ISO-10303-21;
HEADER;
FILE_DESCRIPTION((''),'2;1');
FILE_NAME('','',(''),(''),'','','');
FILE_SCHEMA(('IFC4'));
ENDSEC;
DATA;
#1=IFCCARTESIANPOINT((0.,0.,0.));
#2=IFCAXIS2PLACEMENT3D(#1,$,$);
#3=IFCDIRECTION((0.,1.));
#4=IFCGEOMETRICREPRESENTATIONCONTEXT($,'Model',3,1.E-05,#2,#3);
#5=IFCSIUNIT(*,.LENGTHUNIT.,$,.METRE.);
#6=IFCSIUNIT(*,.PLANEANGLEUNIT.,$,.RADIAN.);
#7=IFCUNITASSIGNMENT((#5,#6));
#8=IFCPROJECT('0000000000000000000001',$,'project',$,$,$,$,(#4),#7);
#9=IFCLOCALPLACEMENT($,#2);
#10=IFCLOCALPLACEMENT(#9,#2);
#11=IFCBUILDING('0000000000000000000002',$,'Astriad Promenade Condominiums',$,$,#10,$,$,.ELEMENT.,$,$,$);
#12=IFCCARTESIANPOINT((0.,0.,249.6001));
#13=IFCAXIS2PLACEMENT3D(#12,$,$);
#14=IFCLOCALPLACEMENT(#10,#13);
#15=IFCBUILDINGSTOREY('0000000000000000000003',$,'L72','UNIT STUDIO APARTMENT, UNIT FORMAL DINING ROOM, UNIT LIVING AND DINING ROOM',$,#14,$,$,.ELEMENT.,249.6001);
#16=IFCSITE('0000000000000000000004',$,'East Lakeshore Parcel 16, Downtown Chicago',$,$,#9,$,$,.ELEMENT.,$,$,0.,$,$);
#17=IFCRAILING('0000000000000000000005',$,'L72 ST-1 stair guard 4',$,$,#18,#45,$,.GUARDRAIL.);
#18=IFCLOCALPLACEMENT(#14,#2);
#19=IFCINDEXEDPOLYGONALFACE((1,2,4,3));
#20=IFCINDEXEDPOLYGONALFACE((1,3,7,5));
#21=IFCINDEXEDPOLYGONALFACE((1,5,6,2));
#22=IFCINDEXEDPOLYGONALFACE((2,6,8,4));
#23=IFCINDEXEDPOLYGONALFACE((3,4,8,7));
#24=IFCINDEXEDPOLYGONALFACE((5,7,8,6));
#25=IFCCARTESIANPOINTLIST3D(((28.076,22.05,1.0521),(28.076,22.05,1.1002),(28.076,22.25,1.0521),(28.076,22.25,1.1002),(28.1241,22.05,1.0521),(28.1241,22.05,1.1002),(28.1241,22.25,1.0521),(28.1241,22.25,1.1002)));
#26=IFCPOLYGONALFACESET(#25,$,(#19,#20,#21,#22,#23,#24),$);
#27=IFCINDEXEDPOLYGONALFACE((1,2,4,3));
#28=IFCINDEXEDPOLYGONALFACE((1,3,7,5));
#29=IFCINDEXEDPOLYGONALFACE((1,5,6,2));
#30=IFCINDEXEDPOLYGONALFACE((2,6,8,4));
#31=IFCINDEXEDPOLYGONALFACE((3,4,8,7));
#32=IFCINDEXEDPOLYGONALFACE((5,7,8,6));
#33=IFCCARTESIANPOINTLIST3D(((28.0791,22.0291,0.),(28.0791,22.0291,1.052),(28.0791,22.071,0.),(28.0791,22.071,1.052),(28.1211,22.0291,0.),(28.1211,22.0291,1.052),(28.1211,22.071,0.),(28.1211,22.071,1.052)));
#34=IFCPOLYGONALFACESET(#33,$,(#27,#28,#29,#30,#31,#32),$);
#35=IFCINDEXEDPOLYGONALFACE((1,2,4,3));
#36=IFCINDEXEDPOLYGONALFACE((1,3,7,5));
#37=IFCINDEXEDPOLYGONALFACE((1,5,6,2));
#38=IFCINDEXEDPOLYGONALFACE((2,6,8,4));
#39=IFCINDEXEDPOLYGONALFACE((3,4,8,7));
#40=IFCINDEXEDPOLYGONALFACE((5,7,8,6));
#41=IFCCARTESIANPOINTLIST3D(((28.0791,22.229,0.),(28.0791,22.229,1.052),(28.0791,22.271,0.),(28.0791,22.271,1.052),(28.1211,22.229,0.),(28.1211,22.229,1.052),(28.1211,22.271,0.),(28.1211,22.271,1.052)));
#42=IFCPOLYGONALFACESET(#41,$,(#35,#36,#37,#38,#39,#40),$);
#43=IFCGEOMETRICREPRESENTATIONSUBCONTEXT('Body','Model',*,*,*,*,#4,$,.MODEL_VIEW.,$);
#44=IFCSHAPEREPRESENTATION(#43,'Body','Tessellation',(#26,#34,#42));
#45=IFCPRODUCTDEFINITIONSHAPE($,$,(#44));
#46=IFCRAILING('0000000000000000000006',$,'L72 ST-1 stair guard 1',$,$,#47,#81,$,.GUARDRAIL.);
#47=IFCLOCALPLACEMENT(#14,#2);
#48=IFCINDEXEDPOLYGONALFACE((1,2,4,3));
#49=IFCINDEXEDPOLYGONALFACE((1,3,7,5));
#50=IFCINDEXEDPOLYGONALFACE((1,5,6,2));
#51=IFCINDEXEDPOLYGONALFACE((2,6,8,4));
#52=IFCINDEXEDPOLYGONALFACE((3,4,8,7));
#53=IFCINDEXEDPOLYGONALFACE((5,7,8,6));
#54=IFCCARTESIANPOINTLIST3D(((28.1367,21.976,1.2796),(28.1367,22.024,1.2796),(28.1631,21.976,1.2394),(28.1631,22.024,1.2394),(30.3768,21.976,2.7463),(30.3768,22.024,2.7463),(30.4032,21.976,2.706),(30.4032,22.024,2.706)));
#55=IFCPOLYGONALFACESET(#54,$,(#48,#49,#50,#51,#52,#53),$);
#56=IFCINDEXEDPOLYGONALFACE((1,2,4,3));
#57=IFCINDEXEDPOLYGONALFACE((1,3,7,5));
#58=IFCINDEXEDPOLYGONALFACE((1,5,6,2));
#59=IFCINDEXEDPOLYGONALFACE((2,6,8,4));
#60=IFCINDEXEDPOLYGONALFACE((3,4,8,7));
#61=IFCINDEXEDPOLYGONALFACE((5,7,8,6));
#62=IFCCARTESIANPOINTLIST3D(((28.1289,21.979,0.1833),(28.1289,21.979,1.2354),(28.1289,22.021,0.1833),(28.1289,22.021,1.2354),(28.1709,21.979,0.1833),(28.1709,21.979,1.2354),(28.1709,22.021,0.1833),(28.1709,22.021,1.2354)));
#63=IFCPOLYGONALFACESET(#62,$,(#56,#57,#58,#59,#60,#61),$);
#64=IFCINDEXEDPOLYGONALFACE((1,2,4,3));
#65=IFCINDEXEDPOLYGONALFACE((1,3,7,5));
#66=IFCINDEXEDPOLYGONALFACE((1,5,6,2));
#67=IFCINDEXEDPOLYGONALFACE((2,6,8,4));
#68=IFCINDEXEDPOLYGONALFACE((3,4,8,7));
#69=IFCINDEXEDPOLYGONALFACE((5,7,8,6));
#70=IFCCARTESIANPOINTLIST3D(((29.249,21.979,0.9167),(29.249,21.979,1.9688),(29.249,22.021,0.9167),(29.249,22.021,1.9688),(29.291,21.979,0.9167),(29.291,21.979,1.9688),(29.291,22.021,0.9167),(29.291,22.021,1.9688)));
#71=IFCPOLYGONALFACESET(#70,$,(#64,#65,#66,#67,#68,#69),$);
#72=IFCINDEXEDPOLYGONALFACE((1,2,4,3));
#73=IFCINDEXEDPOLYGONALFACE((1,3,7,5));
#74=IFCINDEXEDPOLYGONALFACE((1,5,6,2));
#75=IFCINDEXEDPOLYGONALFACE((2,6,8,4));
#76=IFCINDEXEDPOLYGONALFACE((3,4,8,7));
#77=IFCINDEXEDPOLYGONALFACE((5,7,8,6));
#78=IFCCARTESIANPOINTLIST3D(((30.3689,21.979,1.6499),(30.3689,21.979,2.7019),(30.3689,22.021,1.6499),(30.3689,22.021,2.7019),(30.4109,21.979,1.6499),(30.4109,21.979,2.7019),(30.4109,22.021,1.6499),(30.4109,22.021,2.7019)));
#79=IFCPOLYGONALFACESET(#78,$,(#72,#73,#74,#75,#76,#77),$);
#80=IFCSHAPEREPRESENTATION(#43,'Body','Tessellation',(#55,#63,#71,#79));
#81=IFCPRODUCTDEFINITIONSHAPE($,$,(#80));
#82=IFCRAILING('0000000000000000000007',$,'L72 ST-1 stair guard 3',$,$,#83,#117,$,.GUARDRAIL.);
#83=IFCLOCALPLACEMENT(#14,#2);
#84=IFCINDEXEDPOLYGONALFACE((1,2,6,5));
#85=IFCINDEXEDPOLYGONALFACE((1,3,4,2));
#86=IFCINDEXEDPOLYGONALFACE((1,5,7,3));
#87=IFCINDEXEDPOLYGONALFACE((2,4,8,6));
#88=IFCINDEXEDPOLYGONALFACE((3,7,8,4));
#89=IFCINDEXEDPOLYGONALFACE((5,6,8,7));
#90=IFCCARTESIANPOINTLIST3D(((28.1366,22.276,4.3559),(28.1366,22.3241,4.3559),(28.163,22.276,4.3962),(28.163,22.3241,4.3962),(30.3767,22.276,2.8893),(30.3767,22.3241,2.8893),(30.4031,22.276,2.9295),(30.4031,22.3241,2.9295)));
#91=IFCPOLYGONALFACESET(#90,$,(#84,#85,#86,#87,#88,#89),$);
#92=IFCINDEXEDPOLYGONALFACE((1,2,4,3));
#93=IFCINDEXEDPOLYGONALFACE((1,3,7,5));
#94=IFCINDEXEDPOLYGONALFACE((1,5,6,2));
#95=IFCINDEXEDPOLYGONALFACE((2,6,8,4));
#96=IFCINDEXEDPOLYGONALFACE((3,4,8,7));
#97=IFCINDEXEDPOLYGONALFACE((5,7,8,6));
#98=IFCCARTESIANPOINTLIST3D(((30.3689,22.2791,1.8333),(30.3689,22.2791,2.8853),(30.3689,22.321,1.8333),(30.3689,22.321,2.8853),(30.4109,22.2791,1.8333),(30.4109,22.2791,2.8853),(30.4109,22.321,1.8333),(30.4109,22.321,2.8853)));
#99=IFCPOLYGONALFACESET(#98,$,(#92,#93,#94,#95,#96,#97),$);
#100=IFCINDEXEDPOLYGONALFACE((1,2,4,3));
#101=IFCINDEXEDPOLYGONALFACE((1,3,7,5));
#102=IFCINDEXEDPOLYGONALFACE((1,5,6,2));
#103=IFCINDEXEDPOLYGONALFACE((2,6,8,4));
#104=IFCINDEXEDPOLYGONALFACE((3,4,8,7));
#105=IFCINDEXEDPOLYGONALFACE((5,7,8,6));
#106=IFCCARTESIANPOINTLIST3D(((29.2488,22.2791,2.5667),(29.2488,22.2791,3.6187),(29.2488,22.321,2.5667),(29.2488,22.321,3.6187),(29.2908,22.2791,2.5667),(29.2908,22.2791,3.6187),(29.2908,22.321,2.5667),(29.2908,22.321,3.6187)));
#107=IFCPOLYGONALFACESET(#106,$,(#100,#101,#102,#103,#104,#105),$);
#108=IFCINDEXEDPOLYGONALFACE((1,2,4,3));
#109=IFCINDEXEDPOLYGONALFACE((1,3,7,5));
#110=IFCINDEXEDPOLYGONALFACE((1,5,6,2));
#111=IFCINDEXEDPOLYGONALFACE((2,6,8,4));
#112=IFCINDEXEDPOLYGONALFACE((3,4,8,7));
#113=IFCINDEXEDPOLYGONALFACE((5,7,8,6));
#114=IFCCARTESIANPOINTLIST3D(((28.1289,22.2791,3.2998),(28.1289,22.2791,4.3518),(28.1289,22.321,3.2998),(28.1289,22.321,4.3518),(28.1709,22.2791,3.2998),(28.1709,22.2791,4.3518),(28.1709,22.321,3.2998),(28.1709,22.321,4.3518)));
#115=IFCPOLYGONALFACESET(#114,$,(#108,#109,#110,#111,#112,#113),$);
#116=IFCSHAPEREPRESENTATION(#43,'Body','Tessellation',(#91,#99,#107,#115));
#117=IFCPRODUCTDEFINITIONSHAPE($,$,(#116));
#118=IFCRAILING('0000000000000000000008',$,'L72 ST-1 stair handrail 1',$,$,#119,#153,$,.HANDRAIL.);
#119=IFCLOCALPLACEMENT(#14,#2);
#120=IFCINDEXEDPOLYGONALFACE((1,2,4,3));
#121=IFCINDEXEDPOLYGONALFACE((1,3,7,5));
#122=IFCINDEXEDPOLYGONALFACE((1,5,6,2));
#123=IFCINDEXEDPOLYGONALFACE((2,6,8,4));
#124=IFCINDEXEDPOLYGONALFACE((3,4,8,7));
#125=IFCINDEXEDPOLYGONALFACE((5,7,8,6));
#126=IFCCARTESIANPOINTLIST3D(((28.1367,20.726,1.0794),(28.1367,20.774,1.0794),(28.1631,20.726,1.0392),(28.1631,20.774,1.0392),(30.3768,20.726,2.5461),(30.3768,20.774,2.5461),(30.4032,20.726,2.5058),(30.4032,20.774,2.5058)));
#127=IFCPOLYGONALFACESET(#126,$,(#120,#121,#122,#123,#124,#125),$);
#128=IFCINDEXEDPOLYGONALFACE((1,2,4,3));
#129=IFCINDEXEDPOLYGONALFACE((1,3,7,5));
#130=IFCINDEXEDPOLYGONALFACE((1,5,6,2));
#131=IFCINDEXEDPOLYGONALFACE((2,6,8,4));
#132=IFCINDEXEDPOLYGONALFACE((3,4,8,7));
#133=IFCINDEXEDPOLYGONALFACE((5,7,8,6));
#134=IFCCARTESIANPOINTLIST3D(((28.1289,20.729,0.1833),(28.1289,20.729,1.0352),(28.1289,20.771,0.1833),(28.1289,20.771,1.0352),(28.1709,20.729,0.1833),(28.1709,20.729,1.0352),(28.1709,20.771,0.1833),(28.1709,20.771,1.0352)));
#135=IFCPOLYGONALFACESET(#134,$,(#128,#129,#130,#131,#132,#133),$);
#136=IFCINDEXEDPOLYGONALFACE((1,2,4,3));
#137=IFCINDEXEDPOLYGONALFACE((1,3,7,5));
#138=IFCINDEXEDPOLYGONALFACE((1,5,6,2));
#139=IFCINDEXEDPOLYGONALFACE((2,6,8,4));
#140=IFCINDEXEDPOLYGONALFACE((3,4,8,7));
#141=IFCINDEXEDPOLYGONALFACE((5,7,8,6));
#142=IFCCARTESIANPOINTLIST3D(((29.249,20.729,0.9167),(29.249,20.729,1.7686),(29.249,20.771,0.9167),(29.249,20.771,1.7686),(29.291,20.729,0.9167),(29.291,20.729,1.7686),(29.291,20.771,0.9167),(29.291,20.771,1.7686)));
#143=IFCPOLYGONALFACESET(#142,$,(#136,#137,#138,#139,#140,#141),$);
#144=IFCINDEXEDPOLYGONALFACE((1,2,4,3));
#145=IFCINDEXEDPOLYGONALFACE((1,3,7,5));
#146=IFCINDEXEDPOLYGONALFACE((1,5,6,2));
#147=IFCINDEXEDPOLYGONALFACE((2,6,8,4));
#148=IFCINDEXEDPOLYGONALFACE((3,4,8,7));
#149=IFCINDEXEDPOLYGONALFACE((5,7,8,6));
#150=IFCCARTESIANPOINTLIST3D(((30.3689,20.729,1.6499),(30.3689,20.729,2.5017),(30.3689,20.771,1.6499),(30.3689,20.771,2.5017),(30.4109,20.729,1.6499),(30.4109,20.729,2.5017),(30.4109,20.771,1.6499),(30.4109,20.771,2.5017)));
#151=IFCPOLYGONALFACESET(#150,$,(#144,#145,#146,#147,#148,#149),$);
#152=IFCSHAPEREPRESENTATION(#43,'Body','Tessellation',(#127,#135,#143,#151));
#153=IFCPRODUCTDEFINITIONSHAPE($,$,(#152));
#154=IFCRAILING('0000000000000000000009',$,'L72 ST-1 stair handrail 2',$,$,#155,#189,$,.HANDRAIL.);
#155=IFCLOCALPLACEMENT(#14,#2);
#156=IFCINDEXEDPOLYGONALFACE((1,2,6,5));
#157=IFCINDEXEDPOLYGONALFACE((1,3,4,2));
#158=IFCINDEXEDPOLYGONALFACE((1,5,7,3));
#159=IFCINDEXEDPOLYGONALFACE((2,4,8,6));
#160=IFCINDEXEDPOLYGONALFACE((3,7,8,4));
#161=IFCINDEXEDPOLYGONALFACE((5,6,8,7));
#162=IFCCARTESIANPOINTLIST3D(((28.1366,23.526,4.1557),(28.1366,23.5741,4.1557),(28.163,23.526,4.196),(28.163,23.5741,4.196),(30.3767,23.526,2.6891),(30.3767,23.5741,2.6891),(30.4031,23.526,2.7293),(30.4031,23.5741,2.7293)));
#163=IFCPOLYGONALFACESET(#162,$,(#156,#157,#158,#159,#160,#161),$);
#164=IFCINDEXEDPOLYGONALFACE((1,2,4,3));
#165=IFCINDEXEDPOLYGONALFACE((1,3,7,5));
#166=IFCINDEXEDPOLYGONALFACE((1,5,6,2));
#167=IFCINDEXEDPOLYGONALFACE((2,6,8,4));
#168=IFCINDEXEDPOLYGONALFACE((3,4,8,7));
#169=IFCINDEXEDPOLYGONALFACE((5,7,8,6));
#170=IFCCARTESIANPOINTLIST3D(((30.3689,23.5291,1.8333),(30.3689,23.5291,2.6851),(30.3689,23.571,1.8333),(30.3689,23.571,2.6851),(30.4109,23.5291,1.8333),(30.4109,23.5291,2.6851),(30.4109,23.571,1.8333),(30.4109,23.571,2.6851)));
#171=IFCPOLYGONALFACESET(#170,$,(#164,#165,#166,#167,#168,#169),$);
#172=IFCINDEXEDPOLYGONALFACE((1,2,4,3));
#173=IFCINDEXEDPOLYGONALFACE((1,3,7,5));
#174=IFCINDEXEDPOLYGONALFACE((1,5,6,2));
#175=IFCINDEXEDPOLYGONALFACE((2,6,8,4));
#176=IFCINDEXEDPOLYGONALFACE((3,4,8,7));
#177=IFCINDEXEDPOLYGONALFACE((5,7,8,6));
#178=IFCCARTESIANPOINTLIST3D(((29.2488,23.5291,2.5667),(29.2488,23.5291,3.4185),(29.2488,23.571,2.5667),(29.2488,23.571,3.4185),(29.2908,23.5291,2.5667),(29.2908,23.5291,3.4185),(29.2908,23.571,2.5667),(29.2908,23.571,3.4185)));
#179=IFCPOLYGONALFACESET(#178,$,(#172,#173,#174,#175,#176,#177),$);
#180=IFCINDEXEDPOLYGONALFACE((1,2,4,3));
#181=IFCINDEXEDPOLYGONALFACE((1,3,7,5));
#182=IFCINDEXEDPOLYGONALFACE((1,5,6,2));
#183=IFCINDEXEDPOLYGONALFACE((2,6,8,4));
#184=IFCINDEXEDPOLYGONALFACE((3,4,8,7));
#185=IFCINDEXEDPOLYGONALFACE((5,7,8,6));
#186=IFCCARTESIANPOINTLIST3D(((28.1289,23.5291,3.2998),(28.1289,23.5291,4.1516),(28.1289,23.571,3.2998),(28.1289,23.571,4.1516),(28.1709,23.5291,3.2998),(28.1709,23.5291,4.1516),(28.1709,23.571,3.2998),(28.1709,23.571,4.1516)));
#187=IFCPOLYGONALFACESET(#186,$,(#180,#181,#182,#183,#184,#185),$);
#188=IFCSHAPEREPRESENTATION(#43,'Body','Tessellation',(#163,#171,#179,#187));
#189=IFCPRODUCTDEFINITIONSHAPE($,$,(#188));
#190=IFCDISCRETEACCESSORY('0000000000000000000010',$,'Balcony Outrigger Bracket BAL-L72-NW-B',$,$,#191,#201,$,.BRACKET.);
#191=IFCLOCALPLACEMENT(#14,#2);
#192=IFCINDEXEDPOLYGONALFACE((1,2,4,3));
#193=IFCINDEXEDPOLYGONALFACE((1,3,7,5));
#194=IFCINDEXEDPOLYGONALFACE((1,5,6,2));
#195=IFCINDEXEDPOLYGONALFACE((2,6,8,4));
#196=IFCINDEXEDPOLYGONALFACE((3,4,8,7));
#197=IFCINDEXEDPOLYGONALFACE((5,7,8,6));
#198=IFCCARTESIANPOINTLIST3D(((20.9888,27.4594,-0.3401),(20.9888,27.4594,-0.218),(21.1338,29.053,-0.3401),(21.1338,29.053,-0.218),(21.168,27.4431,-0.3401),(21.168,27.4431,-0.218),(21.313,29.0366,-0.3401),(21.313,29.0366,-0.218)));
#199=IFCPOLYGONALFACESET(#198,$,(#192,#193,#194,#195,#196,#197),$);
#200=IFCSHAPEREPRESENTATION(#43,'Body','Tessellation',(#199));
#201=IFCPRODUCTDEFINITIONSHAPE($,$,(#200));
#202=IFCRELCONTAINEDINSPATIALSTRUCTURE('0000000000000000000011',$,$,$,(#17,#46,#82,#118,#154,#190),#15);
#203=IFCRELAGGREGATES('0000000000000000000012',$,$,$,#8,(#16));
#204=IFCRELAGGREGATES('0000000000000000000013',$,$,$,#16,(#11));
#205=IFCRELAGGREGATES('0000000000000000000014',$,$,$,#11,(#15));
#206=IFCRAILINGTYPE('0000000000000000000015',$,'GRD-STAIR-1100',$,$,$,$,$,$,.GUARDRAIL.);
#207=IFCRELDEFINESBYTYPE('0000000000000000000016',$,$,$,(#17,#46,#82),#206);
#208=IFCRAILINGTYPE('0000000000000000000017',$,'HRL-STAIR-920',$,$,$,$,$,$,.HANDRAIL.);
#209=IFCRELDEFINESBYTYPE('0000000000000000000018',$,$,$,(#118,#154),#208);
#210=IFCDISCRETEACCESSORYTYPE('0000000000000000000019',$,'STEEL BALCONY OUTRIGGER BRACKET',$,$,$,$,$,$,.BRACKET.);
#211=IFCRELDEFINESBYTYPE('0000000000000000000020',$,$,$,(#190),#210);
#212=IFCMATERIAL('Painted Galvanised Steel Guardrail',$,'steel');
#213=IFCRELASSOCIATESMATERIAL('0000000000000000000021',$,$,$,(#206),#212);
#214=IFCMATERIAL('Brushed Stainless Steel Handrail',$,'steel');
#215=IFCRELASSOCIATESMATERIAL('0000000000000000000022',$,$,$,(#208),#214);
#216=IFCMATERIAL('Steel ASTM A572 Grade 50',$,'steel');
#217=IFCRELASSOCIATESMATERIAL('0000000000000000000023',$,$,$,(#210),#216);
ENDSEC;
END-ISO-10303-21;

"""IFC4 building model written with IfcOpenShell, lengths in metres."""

from ifc_helpers import new_model, si_unit, direction, frame, origin, origin_2d, place, context, subcontext, project, spatial, rectangle, extrude, source, transform, mapped, material, type_object, type_shapes, element, save


model = new_model("IFC4")

# Units and contexts
model_context = context("Model", 3, precision=1e-05, world=origin(), true_north=direction((0.0, 1.0)))
body_context = subcontext(model_context, "Body", "Model", "MODEL_VIEW")
ifc_project = project(units=[si_unit("LENGTHUNIT", "METRE"), si_unit("PLANEANGLEUNIT", "RADIAN")], contexts=[model_context])

# Site, building, storey
site_placement = place(None, origin())
site = spatial("IfcSite", under=ifc_project, at=site_placement, Name="East Lakeshore Parcel 16, Downtown Chicago", CompositionType="ELEMENT", RefElevation=0.0)
building_placement = place(site_placement, origin())
building = spatial("IfcBuilding", under=site, at=building_placement, Name="Astriad Promenade Condominiums", CompositionType="ELEMENT")
storey_placement = place(building_placement, frame((0.0, 0.0, 249.6001)))
storey = spatial("IfcBuildingStorey", under=building, at=storey_placement, Name="L72", Description="UNIT STUDIO APARTMENT, UNIT FORMAL DINING ROOM, UNIT LIVING AND DINING ROOM", CompositionType="ELEMENT", Elevation=249.6001)

# Railings
ifc_material_1 = material(Name="Painted Galvanised Steel Guardrail", Category="steel")
railing_type_1 = type_object("IfcRailingType", Name="GRD-STAIR-1100", PredefinedType="GUARDRAIL", material=ifc_material_1)
shared_shape_1 = source(origin(), body_context, "Body", "SweptSolid", [
    extrude(rectangle(XDim=0.0481, YDim=0.0481, at=origin_2d()), frame((0.0, 0.0, 1.0762), z_axis=(0.0, 1.0, 0.0), x_axis=(-1.0, 0.0, 0.0)), (0.0, 0.0, 1.0), 0.2),
    extrude(rectangle(XDim=0.042, YDim=0.042, at=origin_2d()), origin(), (0.0, 0.0, 1.0), 1.052),
    extrude(rectangle(XDim=0.042, YDim=0.042, at=origin_2d()), frame((0.0, 0.2, 0.0)), (0.0, 0.0, 1.0), 1.052),
])
for number, where, name in (
    (1, (28.1001, 22.05, 0.0), "L72 ST-1 stair guard 4"),
):
    element("IfcRailing", number, at=place(storey_placement, frame(where)), inside=storey, type_object=railing_type_1, Name=name, PredefinedType="GUARDRAIL", context=body_context, shape_type="MappedRepresentation", body=[
        mapped(shared_shape_1, transform((0.0, 0.0, 0.0), scale=1.0)),
    ])
shared_shape_2 = source(origin(), body_context, "Body", "SweptSolid", [
    extrude(rectangle(XDim=0.0481, YDim=0.0481, at=origin_2d()), frame((0.0, 0.0, 1.0762), z_axis=(0.836637, 0.0, 0.547758), x_axis=(0.0, 1.0, 0.0)), (0.0, 0.0, 1.0), 2.6775),
    extrude(rectangle(XDim=0.042, YDim=0.042, at=origin_2d()), origin(), (0.0, 0.0, 1.0), 1.052),
    extrude(rectangle(XDim=0.042, YDim=0.042, at=origin_2d()), frame((1.1201, 0.0, 0.7334)), (0.0, 0.0, 1.0), 1.052),
    extrude(rectangle(XDim=0.042, YDim=0.042, at=origin_2d()), frame((2.24, 0.0, 1.4666)), (0.0, 0.0, 1.0), 1.052),
])
railing_1_placement = place(storey_placement, frame((28.1499, 22.0, 0.1833)))
element("IfcRailing", 2, at=railing_1_placement, inside=storey, type_object=railing_type_1, Name="L72 ST-1 stair guard 1", PredefinedType="GUARDRAIL", context=body_context, shape_type="MappedRepresentation", body=[
    mapped(shared_shape_2, transform((0.0, 0.0, 0.0), scale=1.0)),
])
shared_shape_3 = source(origin(), body_context, "Body", "SweptSolid", [
    extrude(rectangle(XDim=0.0481, YDim=0.0481, at=origin_2d()), frame((0.0, 0.0, 1.0762), z_axis=(-0.836637, 0.0, 0.547758), x_axis=(0.0, -1.0, 0.0)), (0.0, 0.0, 1.0), 2.6775),
    extrude(rectangle(XDim=0.042, YDim=0.042, at=origin_2d()), origin(), (0.0, 0.0, 1.0), 1.052),
    extrude(rectangle(XDim=0.042, YDim=0.042, at=origin_2d()), frame((-1.1201, 0.0, 0.7334)), (0.0, 0.0, 1.0), 1.052),
    extrude(rectangle(XDim=0.042, YDim=0.042, at=origin_2d()), frame((-2.24, 0.0, 1.4666)), (0.0, 0.0, 1.0), 1.052),
])
type_shapes(railing_type_1, [shared_shape_1, shared_shape_2, shared_shape_3])
railing_2_placement = place(storey_placement, frame((30.3899, 22.3, 1.8333)))
element("IfcRailing", 3, at=railing_2_placement, inside=storey, type_object=railing_type_1, Name="L72 ST-1 stair guard 3", PredefinedType="GUARDRAIL", context=body_context, shape_type="MappedRepresentation", body=[
    mapped(shared_shape_3, transform((0.0, 0.0, 0.0), scale=1.0)),
])
ifc_material_2 = material(Name="Brushed Stainless Steel Handrail", Category="steel")
railing_type_2 = type_object("IfcRailingType", Name="HRL-STAIR-920", PredefinedType="HANDRAIL", material=ifc_material_2)
shared_shape_4 = source(origin(), body_context, "Body", "SweptSolid", [
    extrude(rectangle(XDim=0.0481, YDim=0.0481, at=origin_2d()), frame((0.0, 0.0, 0.876), z_axis=(0.836637, 0.0, 0.547758), x_axis=(0.0, 1.0, 0.0)), (0.0, 0.0, 1.0), 2.6775),
    extrude(rectangle(XDim=0.042, YDim=0.042, at=origin_2d()), origin(), (0.0, 0.0, 1.0), 0.8518),
    extrude(rectangle(XDim=0.042, YDim=0.042, at=origin_2d()), frame((1.1201, 0.0, 0.7334)), (0.0, 0.0, 1.0), 0.8518),
    extrude(rectangle(XDim=0.042, YDim=0.042, at=origin_2d()), frame((2.24, 0.0, 1.4666)), (0.0, 0.0, 1.0), 0.8518),
])
railing_3_placement = place(storey_placement, frame((28.1499, 20.75, 0.1833)))
element("IfcRailing", 4, at=railing_3_placement, inside=storey, type_object=railing_type_2, Name="L72 ST-1 stair handrail 1", PredefinedType="HANDRAIL", context=body_context, shape_type="MappedRepresentation", body=[
    mapped(shared_shape_4, transform((0.0, 0.0, 0.0), scale=1.0)),
])
shared_shape_5 = source(origin(), body_context, "Body", "SweptSolid", [
    extrude(rectangle(XDim=0.0481, YDim=0.0481, at=origin_2d()), frame((0.0, 0.0, 0.876), z_axis=(-0.836637, 0.0, 0.547758), x_axis=(0.0, -1.0, 0.0)), (0.0, 0.0, 1.0), 2.6775),
    extrude(rectangle(XDim=0.042, YDim=0.042, at=origin_2d()), origin(), (0.0, 0.0, 1.0), 0.8518),
    extrude(rectangle(XDim=0.042, YDim=0.042, at=origin_2d()), frame((-1.1201, 0.0, 0.7334)), (0.0, 0.0, 1.0), 0.8518),
    extrude(rectangle(XDim=0.042, YDim=0.042, at=origin_2d()), frame((-2.24, 0.0, 1.4666)), (0.0, 0.0, 1.0), 0.8518),
])
type_shapes(railing_type_2, [shared_shape_4, shared_shape_5])
railing_4_placement = place(storey_placement, frame((30.3899, 23.55, 1.8333)))
element("IfcRailing", 5, at=railing_4_placement, inside=storey, type_object=railing_type_2, Name="L72 ST-1 stair handrail 2", PredefinedType="HANDRAIL", context=body_context, shape_type="MappedRepresentation", body=[
    mapped(shared_shape_5, transform((0.0, 0.0, 0.0), scale=1.0)),
])

# Discrete accessory
ifc_material_3 = material(Name="Steel ASTM A572 Grade 50", Category="steel")
discrete_accessory_type = type_object("IfcDiscreteAccessoryType", Name="STEEL BALCONY OUTRIGGER BRACKET", PredefinedType="BRACKET", material=ifc_material_3)
shared_shape_6 = source(origin(), body_context, "Body", "SweptSolid", [
    extrude(rectangle(XDim=1.6001, YDim=0.1799, at=origin_2d()), origin(), (0.0, 0.0, 1.0), 0.1221),
])
type_shapes(discrete_accessory_type, [shared_shape_6])
discrete_accessory_placement = place(storey_placement, frame((21.1509, 28.248, -0.3401), z_axis=(0.0, 0.0, 1.0), x_axis=(0.090633, 0.995884, 0.0)))
element("IfcDiscreteAccessory", 6, at=discrete_accessory_placement, inside=storey, type_object=discrete_accessory_type, Name="Balcony Outrigger Bracket BAL-L72-NW-B", PredefinedType="BRACKET", context=body_context, shape_type="MappedRepresentation", body=[
    mapped(shared_shape_6, transform((0.0, 0.0, 0.0), scale=1.0)),
])

save(model, "model.ifc")
